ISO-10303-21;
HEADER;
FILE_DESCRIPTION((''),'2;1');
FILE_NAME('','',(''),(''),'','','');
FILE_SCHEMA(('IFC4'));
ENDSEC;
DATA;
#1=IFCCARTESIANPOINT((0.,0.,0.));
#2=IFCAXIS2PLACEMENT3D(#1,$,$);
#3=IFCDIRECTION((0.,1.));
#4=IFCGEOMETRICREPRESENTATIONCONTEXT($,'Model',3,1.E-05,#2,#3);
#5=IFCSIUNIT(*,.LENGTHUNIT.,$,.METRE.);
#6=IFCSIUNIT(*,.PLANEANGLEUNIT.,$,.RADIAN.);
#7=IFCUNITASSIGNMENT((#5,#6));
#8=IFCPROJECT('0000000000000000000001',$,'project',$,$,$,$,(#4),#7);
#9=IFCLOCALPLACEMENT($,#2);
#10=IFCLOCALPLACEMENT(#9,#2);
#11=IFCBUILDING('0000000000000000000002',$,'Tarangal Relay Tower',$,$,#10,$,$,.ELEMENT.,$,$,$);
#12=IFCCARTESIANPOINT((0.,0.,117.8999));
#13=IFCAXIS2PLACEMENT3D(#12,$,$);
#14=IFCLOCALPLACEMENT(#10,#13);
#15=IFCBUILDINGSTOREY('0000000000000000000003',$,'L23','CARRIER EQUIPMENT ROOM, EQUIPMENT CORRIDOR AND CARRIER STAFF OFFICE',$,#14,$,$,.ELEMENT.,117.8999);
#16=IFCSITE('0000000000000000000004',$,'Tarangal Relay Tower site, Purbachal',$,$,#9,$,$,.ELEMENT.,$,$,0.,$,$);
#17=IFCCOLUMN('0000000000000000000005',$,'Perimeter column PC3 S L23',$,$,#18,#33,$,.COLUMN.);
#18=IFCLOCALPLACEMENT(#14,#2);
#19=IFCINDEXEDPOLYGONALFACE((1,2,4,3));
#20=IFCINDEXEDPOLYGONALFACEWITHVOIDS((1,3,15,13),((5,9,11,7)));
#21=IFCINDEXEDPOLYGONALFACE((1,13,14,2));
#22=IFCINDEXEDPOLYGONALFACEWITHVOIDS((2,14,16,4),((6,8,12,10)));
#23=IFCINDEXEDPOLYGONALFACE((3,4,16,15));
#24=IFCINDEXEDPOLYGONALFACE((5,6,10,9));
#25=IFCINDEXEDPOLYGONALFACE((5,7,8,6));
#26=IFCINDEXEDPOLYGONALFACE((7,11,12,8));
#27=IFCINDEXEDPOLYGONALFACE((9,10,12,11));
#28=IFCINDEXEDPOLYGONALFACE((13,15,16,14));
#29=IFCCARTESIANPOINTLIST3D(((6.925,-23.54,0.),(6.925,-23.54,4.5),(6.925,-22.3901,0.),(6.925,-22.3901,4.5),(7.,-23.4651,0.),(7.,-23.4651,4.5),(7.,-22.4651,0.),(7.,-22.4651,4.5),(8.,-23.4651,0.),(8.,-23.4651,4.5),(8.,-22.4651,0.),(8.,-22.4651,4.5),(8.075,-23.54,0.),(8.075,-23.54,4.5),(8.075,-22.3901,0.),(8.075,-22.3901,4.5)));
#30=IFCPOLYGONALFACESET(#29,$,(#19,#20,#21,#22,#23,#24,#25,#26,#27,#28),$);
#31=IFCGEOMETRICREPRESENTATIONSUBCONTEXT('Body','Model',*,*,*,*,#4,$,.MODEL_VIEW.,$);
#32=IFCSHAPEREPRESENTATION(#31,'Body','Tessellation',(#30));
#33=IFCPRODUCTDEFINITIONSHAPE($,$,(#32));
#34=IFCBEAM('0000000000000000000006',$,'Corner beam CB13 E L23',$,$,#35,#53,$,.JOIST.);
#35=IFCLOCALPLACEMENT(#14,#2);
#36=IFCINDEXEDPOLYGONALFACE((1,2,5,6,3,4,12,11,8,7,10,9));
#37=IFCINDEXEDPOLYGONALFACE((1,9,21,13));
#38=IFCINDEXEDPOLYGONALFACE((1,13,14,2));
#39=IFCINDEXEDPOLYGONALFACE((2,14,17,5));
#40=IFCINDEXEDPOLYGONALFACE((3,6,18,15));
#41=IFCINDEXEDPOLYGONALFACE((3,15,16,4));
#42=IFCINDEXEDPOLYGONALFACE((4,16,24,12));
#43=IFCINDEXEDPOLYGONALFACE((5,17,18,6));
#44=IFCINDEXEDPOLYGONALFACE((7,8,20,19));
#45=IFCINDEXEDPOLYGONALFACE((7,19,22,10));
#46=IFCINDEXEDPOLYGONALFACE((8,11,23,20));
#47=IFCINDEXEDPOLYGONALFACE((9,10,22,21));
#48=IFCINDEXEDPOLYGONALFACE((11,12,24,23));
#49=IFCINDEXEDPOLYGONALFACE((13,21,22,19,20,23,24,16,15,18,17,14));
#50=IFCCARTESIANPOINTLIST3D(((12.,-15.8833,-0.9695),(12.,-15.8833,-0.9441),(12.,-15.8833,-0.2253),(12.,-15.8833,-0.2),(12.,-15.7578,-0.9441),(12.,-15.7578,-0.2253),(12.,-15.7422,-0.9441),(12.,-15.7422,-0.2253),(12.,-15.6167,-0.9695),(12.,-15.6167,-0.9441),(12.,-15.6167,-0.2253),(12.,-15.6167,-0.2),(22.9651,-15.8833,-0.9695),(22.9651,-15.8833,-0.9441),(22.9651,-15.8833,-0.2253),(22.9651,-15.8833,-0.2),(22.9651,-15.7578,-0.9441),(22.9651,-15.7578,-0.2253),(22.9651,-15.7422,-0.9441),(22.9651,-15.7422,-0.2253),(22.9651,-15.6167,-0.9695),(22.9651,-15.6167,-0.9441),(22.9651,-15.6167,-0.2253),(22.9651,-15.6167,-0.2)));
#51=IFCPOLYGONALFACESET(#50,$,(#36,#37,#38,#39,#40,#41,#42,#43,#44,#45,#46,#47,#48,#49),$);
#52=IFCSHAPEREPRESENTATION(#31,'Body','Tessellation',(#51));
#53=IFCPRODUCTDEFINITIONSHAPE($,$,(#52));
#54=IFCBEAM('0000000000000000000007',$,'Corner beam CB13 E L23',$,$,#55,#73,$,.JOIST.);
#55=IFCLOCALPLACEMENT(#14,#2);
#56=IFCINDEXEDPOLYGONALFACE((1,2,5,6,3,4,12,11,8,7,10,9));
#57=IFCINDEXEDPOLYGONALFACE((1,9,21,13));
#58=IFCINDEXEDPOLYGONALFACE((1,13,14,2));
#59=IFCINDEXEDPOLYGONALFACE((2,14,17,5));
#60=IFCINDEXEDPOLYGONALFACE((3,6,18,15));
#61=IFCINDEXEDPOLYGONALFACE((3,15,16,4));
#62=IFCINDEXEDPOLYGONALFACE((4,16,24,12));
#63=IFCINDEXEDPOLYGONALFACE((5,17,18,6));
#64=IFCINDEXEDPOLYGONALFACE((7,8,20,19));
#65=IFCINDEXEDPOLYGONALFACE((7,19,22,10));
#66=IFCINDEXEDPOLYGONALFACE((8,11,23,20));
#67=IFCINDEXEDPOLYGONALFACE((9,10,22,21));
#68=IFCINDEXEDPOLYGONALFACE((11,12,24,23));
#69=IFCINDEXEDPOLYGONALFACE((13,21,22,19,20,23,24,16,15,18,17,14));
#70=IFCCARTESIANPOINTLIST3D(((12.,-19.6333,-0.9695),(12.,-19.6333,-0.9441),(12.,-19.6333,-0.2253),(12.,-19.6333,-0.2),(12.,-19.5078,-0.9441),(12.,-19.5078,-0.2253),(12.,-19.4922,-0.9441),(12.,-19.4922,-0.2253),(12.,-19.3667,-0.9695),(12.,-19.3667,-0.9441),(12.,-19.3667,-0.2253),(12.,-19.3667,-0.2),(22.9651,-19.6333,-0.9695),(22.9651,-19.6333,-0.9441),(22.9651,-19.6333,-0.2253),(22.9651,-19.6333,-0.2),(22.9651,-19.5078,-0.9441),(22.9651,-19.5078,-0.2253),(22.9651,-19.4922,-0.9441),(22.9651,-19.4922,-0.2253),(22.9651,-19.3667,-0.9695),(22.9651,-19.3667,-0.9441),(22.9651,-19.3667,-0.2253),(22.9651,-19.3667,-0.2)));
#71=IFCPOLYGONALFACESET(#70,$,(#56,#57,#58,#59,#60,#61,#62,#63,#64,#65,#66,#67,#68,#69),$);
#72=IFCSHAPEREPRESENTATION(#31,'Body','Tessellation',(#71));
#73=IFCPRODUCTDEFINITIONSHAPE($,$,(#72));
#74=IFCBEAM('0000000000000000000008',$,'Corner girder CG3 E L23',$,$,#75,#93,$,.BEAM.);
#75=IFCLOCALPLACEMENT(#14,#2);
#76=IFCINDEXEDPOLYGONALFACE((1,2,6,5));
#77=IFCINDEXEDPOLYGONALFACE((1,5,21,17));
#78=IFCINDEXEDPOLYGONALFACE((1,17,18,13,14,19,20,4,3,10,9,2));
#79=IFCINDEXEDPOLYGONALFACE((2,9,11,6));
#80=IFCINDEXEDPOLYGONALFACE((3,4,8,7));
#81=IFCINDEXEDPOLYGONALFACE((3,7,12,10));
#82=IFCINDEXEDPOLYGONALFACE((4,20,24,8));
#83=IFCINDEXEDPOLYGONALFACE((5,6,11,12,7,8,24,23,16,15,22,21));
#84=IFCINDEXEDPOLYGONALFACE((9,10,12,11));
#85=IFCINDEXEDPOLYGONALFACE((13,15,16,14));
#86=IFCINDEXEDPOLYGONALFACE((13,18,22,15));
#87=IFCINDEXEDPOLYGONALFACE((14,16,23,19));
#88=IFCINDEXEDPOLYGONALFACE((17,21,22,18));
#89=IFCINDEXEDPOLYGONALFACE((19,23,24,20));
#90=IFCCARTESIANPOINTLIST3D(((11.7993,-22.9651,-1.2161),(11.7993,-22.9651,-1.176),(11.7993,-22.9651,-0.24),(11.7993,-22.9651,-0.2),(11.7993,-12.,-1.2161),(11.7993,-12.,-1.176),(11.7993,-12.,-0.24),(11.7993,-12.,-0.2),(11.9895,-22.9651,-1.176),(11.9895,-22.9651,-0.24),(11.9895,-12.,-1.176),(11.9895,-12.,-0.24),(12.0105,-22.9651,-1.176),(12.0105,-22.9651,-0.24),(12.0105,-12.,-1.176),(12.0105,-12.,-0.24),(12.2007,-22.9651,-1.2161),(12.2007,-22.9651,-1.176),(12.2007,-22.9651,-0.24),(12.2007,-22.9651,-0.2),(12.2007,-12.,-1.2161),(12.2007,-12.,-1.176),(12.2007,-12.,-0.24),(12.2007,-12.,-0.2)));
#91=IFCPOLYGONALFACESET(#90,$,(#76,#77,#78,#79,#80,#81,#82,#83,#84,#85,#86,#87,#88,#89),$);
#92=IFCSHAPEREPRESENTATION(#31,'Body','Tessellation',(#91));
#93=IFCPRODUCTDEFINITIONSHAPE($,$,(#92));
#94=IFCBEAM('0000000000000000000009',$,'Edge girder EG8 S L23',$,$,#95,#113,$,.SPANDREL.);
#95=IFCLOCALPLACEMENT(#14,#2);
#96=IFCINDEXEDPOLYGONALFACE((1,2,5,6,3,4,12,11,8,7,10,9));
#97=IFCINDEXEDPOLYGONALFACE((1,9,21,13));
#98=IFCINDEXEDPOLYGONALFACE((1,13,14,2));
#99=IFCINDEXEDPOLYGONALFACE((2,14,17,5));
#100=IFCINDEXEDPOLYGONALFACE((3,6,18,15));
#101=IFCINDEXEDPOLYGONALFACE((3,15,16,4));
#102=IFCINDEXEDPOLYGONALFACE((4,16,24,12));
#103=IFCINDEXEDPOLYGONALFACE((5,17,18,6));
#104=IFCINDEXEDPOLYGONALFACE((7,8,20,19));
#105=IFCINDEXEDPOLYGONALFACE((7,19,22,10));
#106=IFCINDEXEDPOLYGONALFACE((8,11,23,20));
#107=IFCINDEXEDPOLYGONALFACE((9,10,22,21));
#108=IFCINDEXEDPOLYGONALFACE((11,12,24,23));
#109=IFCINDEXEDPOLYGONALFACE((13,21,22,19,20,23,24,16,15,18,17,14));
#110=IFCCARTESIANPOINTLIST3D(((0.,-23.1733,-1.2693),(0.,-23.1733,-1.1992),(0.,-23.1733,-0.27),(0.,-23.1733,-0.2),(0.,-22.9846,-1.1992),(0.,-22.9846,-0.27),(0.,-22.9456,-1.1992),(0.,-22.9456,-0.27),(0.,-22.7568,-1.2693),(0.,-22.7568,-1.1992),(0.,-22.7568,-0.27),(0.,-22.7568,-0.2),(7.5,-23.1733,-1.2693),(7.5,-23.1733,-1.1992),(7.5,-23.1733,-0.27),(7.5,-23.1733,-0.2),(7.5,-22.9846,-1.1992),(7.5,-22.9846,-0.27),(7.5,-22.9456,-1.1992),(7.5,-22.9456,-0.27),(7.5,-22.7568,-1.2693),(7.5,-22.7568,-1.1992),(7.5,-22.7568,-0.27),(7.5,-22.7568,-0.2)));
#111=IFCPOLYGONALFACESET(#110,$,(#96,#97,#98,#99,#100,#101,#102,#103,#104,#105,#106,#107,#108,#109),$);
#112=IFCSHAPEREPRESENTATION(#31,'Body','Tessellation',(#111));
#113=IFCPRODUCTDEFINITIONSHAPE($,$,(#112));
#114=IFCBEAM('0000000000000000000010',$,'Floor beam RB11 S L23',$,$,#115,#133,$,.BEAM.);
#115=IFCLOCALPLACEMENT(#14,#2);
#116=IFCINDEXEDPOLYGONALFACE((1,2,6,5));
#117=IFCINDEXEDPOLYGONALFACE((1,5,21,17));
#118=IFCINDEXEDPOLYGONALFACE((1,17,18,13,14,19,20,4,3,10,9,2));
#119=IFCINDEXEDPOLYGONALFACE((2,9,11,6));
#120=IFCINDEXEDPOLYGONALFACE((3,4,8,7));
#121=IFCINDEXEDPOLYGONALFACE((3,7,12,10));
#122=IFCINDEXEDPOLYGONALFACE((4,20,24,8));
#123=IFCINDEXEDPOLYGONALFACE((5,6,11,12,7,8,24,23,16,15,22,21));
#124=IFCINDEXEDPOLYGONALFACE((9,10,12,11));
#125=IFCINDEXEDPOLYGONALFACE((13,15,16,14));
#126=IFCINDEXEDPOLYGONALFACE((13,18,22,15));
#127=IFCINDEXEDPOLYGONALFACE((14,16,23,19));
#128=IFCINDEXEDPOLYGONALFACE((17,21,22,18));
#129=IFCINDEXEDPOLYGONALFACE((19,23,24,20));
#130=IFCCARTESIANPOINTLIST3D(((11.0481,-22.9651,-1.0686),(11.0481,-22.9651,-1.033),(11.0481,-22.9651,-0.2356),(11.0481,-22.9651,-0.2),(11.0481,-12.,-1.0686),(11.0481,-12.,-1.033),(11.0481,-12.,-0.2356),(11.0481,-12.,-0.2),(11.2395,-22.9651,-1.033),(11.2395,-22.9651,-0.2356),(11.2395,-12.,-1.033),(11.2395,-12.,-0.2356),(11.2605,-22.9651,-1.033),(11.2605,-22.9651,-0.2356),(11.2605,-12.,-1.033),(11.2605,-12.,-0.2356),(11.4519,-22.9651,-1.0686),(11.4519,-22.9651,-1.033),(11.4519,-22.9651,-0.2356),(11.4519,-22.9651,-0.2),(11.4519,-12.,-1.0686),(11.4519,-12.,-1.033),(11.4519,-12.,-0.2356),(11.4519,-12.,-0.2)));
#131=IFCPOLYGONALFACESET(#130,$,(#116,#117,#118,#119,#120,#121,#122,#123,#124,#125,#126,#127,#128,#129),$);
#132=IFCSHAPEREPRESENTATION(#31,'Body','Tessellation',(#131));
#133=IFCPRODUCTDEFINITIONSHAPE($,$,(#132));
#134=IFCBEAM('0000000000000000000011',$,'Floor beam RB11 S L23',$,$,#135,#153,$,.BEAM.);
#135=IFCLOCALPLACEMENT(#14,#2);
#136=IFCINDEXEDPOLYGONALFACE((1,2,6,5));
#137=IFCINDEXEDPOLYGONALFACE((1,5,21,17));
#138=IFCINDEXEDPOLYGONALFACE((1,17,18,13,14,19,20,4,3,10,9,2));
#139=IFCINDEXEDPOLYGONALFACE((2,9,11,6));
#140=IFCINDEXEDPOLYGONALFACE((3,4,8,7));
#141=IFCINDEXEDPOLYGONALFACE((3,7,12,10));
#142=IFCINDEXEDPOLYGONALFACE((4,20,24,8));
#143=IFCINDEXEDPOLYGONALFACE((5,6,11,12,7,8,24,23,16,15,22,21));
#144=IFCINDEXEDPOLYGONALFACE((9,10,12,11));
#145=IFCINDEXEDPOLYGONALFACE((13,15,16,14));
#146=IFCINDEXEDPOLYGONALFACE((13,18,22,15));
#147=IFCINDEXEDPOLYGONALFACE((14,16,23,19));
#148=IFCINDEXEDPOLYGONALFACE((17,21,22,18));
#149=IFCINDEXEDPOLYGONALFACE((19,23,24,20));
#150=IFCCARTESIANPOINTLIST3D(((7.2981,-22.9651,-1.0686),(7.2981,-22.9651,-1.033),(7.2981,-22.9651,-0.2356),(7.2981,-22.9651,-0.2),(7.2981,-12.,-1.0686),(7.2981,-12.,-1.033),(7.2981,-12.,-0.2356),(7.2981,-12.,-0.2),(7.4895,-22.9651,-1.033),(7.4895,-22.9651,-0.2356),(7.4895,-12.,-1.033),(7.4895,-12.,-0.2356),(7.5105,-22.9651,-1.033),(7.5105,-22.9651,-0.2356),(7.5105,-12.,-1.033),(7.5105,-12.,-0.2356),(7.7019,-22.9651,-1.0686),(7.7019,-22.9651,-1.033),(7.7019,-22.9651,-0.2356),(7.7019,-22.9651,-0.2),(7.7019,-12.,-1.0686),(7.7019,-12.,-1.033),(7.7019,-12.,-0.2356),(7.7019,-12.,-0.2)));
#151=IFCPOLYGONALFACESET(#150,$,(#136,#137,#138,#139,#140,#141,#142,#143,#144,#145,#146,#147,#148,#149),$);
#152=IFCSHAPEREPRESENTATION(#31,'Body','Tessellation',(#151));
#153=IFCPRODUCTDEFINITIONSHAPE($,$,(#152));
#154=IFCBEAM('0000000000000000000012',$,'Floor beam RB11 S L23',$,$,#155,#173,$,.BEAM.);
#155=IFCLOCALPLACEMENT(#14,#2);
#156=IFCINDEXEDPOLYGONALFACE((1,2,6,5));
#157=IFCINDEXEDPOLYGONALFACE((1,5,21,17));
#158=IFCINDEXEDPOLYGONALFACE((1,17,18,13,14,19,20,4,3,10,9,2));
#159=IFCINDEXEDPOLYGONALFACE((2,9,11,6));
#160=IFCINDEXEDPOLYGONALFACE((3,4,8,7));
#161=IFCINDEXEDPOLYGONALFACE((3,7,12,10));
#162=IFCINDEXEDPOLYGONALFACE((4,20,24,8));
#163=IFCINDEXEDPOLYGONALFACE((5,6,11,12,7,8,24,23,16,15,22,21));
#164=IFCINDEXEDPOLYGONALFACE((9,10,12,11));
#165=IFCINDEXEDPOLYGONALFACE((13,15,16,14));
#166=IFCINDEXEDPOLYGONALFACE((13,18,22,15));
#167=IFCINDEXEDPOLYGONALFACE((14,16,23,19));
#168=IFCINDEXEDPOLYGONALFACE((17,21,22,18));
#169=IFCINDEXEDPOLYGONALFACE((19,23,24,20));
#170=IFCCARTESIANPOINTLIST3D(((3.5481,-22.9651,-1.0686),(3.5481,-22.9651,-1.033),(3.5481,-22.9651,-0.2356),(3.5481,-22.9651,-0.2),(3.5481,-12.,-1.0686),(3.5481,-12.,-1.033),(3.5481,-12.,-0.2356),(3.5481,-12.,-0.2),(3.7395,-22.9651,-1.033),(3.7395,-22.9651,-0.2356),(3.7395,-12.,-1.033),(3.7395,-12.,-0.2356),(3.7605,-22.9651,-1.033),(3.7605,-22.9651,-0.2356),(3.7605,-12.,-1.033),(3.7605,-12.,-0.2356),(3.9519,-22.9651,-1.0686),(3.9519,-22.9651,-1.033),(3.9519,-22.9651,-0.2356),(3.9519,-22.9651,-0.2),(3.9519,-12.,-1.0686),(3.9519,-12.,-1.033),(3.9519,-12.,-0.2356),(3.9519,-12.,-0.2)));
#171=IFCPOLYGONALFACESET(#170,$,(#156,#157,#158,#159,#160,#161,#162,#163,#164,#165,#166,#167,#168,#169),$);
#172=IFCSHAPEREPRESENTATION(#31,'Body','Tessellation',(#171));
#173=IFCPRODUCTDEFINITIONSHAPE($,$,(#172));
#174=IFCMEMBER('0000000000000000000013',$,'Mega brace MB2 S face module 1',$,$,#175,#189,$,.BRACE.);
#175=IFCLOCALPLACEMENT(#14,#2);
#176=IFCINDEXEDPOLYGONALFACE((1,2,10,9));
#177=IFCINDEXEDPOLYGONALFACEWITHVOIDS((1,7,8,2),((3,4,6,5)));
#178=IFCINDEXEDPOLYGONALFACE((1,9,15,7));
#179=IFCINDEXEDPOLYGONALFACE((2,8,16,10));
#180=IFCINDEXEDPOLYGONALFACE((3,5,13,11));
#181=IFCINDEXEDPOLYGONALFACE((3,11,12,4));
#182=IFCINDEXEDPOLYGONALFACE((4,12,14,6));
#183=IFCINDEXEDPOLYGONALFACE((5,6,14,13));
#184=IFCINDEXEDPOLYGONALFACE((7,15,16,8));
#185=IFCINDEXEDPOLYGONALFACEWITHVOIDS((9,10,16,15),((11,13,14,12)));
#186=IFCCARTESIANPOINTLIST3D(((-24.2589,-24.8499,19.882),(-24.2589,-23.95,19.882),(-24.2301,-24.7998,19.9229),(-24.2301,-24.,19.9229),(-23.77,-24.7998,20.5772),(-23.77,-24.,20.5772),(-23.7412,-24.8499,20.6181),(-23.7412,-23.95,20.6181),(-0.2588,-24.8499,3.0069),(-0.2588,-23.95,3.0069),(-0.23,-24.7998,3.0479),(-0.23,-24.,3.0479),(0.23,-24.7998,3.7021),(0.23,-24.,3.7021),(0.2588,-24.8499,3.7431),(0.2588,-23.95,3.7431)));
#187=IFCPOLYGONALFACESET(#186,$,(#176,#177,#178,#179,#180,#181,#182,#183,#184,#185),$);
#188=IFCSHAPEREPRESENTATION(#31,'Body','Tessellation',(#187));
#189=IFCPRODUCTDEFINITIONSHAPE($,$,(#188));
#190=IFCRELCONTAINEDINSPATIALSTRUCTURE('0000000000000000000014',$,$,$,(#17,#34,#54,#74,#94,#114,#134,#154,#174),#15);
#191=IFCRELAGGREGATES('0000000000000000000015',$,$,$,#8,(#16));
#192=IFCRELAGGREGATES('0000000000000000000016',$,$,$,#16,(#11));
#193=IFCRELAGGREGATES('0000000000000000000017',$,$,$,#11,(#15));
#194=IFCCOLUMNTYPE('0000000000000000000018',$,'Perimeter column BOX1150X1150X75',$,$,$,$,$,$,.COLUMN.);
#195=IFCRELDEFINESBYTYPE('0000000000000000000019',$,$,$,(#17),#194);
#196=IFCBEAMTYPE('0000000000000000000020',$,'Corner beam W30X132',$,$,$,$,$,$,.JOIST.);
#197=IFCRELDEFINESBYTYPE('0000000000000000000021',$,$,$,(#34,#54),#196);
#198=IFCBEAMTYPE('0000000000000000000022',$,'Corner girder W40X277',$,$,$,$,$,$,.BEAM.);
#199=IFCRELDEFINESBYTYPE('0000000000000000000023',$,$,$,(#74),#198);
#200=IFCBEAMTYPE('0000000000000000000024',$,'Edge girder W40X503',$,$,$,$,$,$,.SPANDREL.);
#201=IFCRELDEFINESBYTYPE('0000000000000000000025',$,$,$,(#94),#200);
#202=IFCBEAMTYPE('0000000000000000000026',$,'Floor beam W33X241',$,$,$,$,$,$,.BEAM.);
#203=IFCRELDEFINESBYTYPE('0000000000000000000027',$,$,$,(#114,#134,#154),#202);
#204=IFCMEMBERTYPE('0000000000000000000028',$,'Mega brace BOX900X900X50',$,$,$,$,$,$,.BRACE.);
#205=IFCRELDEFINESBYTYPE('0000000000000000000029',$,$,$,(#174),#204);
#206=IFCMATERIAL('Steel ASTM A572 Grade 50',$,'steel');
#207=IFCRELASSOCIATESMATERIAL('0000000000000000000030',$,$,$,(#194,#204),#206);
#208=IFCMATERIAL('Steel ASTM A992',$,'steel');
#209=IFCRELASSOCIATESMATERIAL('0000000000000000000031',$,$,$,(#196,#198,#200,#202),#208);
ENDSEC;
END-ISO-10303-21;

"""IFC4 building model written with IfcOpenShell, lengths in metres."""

from ifc_helpers import new_model, si_unit, direction, frame, origin, origin_2d, place, context, subcontext, project, spatial, hollow_rectangle, i_section, extrude, material, material_profile, profile_set, type_object, element, save


model = new_model("IFC4")

# Units and contexts
model_context = context("Model", 3, precision=1e-05, world=origin(), true_north=direction((0.0, 1.0)))
body_context = subcontext(model_context, "Body", "Model", "MODEL_VIEW")
ifc_project = project(units=[si_unit("LENGTHUNIT", "METRE"), si_unit("PLANEANGLEUNIT", "RADIAN")], contexts=[model_context])

# Site, building, storey
site_placement = place(None, origin())
site = spatial("IfcSite", under=ifc_project, at=site_placement, Name="Tarangal Relay Tower site, Purbachal", CompositionType="ELEMENT", RefElevation=0.0)
building_placement = place(site_placement, origin())
building = spatial("IfcBuilding", under=site, at=building_placement, Name="Tarangal Relay Tower", CompositionType="ELEMENT")
storey_placement = place(building_placement, frame((0.0, 0.0, 117.8999)))
storey = spatial("IfcBuildingStorey", under=building, at=storey_placement, Name="L23", Description="CARRIER EQUIPMENT ROOM, EQUIPMENT CORRIDOR AND CARRIER STAFF OFFICE", CompositionType="ELEMENT", Elevation=117.8999)

# Column
ifc_material_1 = material(Name="Steel ASTM A572 Grade 50", Category="steel")
ifc_material_profile_1 = material_profile(ifc_material_1, hollow_rectangle(XDim=1.1499, YDim=1.1499, WallThickness=0.075, at=origin_2d()), Name="BOX1150X1150X75")
ifc_profile_set_1 = profile_set([ifc_material_profile_1], Name="Steel ASTM A572 Grade 50")
column_type = type_object("IfcColumnType", Name="Perimeter column BOX1150X1150X75", PredefinedType="COLUMN", material=ifc_profile_set_1)
column_placement = place(storey_placement, frame((7.5, -22.9651, 0.0), z_axis=(0.0, 0.0, 1.0), x_axis=(1.0, 0.0, 0.0)))
element("IfcColumn", 1, at=column_placement, inside=storey, type_object=column_type, Name="Perimeter column PC3 S L23", PredefinedType="COLUMN", context=body_context, shape_type="SweptSolid", body=[
    extrude(hollow_rectangle(XDim=1.1499, YDim=1.1499, WallThickness=0.075, at=origin_2d()), origin(), (0.0, 0.0, 1.0), 4.5),
])

# Beams
ifc_material_2 = material(Name="Steel ASTM A992", Category="steel")
ifc_material_profile_2 = material_profile(ifc_material_2, i_section(OverallWidth=0.2666, OverallDepth=0.7695, WebThickness=0.0156, FlangeThickness=0.0254, at=origin_2d()), Name="W30X132")
ifc_profile_set_2 = profile_set([ifc_material_profile_2], Name="Steel ASTM A992")
beam_type_1 = type_object("IfcBeamType", Name="Corner beam W30X132", PredefinedType="JOIST", material=ifc_profile_set_2)
for number, where, z_axis, x_axis, name in (
    (2, (12.0, -15.75, -0.5847), (1.0, 0.0, 0.0), (0.0, 1.0, 0.0), "Corner beam CB13 E L23"),
    (3, (12.0, -19.5, -0.5847), (1.0, 0.0, 0.0), (0.0, 1.0, 0.0), "Corner beam CB13 E L23"),
):
    element("IfcBeam", number, at=place(storey_placement, frame(where, z_axis=z_axis, x_axis=x_axis)), inside=storey, type_object=beam_type_1, Name=name, PredefinedType="JOIST", context=body_context, shape_type="SweptSolid", body=[
        extrude(i_section(OverallWidth=0.2666, OverallDepth=0.7695, WebThickness=0.0156, FlangeThickness=0.0254, at=origin_2d()), origin(), (0.0, 0.0, 1.0), 10.9651),
    ])
ifc_material_profile_3 = material_profile(ifc_material_2, i_section(OverallWidth=0.4014, OverallDepth=1.0161, WebThickness=0.021, FlangeThickness=0.04, at=origin_2d()), Name="W40X277")
ifc_profile_set_3 = profile_set([ifc_material_profile_3], Name="Steel ASTM A992")
beam_type_2 = type_object("IfcBeamType", Name="Corner girder W40X277", PredefinedType="BEAM", material=ifc_profile_set_3)
beam_1_placement = place(storey_placement, frame((12.0, -12.0, -0.708), z_axis=(0.0, -1.0, 0.0), x_axis=(1.0, 0.0, 0.0)))
element("IfcBeam", 4, at=beam_1_placement, inside=storey, type_object=beam_type_2, Name="Corner girder CG3 E L23", PredefinedType="BEAM", context=body_context, shape_type="SweptSolid", body=[
    extrude(i_section(OverallWidth=0.4014, OverallDepth=1.0161, WebThickness=0.021, FlangeThickness=0.04, at=origin_2d()), origin(), (0.0, 0.0, 1.0), 10.9651),
])
ifc_material_profile_4 = material_profile(ifc_material_2, i_section(OverallWidth=0.4165, OverallDepth=1.0693, WebThickness=0.0391, FlangeThickness=0.0701, at=origin_2d()), Name="W40X503")
ifc_profile_set_4 = profile_set([ifc_material_profile_4], Name="Steel ASTM A992")
beam_type_3 = type_object("IfcBeamType", Name="Edge girder W40X503", PredefinedType="SPANDREL", material=ifc_profile_set_4)
beam_2_placement = place(storey_placement, frame((7.5, -22.9651, -0.7346), z_axis=(-1.0, 0.0, 0.0), x_axis=(0.0, -1.0, 0.0)))
element("IfcBeam", 5, at=beam_2_placement, inside=storey, type_object=beam_type_3, Name="Edge girder EG8 S L23", PredefinedType="SPANDREL", context=body_context, shape_type="SweptSolid", body=[
    extrude(i_section(OverallWidth=0.4165, OverallDepth=1.0693, WebThickness=0.0391, FlangeThickness=0.0701, at=origin_2d()), origin(), (0.0, 0.0, 1.0), 7.5),
])
ifc_material_profile_5 = material_profile(ifc_material_2, i_section(OverallWidth=0.4038, OverallDepth=0.8687, WebThickness=0.021, FlangeThickness=0.0356, at=origin_2d()), Name="W33X241")
ifc_profile_set_5 = profile_set([ifc_material_profile_5], Name="Steel ASTM A992")
beam_type_4 = type_object("IfcBeamType", Name="Floor beam W33X241", PredefinedType="BEAM", material=ifc_profile_set_5)
for number, where, z_axis, x_axis, name in (
    (6, (11.25, -12.0, -0.6343), (0.0, -1.0, 0.0), (1.0, 0.0, 0.0), "Floor beam RB11 S L23"),
    (7, (7.5, -12.0, -0.6343), (0.0, -1.0, 0.0), (1.0, 0.0, 0.0), "Floor beam RB11 S L23"),
    (8, (3.75, -12.0, -0.6343), (0.0, -1.0, 0.0), (1.0, 0.0, 0.0), "Floor beam RB11 S L23"),
):
    element("IfcBeam", number, at=place(storey_placement, frame(where, z_axis=z_axis, x_axis=x_axis)), inside=storey, type_object=beam_type_4, Name=name, PredefinedType="BEAM", context=body_context, shape_type="SweptSolid", body=[
        extrude(i_section(OverallWidth=0.4038, OverallDepth=0.8687, WebThickness=0.021, FlangeThickness=0.0356, at=origin_2d()), origin(), (0.0, 0.0, 1.0), 10.9651),
    ])

# Member
ifc_material_profile_6 = material_profile(ifc_material_1, hollow_rectangle(XDim=0.8999, YDim=0.8999, WallThickness=0.05, at=origin_2d()), Name="BOX900X900X50")
ifc_profile_set_6 = profile_set([ifc_material_profile_6], Name="Steel ASTM A572 Grade 50")
member_type = type_object("IfcMemberType", Name="Mega brace BOX900X900X50", PredefinedType="BRACE", material=ifc_profile_set_6)
for number, where, z_axis, x_axis, name in (
    (9, (0.0, -24.3999, 3.375), (-0.818029, 0.0, 0.575177), (0.0, -1.0, 0.0), "Mega brace MB2 S face module 1"),
):
    element("IfcMember", number, at=place(storey_placement, frame(where, z_axis=z_axis, x_axis=x_axis)), inside=storey, type_object=member_type, Name=name, PredefinedType="BRACE", context=body_context, shape_type="SweptSolid", body=[
        extrude(hollow_rectangle(XDim=0.8999, YDim=0.8999, WallThickness=0.05, at=origin_2d()), origin(), (0.0, 0.0, 1.0), 29.3389),
    ])

save(model, "model.ifc")
